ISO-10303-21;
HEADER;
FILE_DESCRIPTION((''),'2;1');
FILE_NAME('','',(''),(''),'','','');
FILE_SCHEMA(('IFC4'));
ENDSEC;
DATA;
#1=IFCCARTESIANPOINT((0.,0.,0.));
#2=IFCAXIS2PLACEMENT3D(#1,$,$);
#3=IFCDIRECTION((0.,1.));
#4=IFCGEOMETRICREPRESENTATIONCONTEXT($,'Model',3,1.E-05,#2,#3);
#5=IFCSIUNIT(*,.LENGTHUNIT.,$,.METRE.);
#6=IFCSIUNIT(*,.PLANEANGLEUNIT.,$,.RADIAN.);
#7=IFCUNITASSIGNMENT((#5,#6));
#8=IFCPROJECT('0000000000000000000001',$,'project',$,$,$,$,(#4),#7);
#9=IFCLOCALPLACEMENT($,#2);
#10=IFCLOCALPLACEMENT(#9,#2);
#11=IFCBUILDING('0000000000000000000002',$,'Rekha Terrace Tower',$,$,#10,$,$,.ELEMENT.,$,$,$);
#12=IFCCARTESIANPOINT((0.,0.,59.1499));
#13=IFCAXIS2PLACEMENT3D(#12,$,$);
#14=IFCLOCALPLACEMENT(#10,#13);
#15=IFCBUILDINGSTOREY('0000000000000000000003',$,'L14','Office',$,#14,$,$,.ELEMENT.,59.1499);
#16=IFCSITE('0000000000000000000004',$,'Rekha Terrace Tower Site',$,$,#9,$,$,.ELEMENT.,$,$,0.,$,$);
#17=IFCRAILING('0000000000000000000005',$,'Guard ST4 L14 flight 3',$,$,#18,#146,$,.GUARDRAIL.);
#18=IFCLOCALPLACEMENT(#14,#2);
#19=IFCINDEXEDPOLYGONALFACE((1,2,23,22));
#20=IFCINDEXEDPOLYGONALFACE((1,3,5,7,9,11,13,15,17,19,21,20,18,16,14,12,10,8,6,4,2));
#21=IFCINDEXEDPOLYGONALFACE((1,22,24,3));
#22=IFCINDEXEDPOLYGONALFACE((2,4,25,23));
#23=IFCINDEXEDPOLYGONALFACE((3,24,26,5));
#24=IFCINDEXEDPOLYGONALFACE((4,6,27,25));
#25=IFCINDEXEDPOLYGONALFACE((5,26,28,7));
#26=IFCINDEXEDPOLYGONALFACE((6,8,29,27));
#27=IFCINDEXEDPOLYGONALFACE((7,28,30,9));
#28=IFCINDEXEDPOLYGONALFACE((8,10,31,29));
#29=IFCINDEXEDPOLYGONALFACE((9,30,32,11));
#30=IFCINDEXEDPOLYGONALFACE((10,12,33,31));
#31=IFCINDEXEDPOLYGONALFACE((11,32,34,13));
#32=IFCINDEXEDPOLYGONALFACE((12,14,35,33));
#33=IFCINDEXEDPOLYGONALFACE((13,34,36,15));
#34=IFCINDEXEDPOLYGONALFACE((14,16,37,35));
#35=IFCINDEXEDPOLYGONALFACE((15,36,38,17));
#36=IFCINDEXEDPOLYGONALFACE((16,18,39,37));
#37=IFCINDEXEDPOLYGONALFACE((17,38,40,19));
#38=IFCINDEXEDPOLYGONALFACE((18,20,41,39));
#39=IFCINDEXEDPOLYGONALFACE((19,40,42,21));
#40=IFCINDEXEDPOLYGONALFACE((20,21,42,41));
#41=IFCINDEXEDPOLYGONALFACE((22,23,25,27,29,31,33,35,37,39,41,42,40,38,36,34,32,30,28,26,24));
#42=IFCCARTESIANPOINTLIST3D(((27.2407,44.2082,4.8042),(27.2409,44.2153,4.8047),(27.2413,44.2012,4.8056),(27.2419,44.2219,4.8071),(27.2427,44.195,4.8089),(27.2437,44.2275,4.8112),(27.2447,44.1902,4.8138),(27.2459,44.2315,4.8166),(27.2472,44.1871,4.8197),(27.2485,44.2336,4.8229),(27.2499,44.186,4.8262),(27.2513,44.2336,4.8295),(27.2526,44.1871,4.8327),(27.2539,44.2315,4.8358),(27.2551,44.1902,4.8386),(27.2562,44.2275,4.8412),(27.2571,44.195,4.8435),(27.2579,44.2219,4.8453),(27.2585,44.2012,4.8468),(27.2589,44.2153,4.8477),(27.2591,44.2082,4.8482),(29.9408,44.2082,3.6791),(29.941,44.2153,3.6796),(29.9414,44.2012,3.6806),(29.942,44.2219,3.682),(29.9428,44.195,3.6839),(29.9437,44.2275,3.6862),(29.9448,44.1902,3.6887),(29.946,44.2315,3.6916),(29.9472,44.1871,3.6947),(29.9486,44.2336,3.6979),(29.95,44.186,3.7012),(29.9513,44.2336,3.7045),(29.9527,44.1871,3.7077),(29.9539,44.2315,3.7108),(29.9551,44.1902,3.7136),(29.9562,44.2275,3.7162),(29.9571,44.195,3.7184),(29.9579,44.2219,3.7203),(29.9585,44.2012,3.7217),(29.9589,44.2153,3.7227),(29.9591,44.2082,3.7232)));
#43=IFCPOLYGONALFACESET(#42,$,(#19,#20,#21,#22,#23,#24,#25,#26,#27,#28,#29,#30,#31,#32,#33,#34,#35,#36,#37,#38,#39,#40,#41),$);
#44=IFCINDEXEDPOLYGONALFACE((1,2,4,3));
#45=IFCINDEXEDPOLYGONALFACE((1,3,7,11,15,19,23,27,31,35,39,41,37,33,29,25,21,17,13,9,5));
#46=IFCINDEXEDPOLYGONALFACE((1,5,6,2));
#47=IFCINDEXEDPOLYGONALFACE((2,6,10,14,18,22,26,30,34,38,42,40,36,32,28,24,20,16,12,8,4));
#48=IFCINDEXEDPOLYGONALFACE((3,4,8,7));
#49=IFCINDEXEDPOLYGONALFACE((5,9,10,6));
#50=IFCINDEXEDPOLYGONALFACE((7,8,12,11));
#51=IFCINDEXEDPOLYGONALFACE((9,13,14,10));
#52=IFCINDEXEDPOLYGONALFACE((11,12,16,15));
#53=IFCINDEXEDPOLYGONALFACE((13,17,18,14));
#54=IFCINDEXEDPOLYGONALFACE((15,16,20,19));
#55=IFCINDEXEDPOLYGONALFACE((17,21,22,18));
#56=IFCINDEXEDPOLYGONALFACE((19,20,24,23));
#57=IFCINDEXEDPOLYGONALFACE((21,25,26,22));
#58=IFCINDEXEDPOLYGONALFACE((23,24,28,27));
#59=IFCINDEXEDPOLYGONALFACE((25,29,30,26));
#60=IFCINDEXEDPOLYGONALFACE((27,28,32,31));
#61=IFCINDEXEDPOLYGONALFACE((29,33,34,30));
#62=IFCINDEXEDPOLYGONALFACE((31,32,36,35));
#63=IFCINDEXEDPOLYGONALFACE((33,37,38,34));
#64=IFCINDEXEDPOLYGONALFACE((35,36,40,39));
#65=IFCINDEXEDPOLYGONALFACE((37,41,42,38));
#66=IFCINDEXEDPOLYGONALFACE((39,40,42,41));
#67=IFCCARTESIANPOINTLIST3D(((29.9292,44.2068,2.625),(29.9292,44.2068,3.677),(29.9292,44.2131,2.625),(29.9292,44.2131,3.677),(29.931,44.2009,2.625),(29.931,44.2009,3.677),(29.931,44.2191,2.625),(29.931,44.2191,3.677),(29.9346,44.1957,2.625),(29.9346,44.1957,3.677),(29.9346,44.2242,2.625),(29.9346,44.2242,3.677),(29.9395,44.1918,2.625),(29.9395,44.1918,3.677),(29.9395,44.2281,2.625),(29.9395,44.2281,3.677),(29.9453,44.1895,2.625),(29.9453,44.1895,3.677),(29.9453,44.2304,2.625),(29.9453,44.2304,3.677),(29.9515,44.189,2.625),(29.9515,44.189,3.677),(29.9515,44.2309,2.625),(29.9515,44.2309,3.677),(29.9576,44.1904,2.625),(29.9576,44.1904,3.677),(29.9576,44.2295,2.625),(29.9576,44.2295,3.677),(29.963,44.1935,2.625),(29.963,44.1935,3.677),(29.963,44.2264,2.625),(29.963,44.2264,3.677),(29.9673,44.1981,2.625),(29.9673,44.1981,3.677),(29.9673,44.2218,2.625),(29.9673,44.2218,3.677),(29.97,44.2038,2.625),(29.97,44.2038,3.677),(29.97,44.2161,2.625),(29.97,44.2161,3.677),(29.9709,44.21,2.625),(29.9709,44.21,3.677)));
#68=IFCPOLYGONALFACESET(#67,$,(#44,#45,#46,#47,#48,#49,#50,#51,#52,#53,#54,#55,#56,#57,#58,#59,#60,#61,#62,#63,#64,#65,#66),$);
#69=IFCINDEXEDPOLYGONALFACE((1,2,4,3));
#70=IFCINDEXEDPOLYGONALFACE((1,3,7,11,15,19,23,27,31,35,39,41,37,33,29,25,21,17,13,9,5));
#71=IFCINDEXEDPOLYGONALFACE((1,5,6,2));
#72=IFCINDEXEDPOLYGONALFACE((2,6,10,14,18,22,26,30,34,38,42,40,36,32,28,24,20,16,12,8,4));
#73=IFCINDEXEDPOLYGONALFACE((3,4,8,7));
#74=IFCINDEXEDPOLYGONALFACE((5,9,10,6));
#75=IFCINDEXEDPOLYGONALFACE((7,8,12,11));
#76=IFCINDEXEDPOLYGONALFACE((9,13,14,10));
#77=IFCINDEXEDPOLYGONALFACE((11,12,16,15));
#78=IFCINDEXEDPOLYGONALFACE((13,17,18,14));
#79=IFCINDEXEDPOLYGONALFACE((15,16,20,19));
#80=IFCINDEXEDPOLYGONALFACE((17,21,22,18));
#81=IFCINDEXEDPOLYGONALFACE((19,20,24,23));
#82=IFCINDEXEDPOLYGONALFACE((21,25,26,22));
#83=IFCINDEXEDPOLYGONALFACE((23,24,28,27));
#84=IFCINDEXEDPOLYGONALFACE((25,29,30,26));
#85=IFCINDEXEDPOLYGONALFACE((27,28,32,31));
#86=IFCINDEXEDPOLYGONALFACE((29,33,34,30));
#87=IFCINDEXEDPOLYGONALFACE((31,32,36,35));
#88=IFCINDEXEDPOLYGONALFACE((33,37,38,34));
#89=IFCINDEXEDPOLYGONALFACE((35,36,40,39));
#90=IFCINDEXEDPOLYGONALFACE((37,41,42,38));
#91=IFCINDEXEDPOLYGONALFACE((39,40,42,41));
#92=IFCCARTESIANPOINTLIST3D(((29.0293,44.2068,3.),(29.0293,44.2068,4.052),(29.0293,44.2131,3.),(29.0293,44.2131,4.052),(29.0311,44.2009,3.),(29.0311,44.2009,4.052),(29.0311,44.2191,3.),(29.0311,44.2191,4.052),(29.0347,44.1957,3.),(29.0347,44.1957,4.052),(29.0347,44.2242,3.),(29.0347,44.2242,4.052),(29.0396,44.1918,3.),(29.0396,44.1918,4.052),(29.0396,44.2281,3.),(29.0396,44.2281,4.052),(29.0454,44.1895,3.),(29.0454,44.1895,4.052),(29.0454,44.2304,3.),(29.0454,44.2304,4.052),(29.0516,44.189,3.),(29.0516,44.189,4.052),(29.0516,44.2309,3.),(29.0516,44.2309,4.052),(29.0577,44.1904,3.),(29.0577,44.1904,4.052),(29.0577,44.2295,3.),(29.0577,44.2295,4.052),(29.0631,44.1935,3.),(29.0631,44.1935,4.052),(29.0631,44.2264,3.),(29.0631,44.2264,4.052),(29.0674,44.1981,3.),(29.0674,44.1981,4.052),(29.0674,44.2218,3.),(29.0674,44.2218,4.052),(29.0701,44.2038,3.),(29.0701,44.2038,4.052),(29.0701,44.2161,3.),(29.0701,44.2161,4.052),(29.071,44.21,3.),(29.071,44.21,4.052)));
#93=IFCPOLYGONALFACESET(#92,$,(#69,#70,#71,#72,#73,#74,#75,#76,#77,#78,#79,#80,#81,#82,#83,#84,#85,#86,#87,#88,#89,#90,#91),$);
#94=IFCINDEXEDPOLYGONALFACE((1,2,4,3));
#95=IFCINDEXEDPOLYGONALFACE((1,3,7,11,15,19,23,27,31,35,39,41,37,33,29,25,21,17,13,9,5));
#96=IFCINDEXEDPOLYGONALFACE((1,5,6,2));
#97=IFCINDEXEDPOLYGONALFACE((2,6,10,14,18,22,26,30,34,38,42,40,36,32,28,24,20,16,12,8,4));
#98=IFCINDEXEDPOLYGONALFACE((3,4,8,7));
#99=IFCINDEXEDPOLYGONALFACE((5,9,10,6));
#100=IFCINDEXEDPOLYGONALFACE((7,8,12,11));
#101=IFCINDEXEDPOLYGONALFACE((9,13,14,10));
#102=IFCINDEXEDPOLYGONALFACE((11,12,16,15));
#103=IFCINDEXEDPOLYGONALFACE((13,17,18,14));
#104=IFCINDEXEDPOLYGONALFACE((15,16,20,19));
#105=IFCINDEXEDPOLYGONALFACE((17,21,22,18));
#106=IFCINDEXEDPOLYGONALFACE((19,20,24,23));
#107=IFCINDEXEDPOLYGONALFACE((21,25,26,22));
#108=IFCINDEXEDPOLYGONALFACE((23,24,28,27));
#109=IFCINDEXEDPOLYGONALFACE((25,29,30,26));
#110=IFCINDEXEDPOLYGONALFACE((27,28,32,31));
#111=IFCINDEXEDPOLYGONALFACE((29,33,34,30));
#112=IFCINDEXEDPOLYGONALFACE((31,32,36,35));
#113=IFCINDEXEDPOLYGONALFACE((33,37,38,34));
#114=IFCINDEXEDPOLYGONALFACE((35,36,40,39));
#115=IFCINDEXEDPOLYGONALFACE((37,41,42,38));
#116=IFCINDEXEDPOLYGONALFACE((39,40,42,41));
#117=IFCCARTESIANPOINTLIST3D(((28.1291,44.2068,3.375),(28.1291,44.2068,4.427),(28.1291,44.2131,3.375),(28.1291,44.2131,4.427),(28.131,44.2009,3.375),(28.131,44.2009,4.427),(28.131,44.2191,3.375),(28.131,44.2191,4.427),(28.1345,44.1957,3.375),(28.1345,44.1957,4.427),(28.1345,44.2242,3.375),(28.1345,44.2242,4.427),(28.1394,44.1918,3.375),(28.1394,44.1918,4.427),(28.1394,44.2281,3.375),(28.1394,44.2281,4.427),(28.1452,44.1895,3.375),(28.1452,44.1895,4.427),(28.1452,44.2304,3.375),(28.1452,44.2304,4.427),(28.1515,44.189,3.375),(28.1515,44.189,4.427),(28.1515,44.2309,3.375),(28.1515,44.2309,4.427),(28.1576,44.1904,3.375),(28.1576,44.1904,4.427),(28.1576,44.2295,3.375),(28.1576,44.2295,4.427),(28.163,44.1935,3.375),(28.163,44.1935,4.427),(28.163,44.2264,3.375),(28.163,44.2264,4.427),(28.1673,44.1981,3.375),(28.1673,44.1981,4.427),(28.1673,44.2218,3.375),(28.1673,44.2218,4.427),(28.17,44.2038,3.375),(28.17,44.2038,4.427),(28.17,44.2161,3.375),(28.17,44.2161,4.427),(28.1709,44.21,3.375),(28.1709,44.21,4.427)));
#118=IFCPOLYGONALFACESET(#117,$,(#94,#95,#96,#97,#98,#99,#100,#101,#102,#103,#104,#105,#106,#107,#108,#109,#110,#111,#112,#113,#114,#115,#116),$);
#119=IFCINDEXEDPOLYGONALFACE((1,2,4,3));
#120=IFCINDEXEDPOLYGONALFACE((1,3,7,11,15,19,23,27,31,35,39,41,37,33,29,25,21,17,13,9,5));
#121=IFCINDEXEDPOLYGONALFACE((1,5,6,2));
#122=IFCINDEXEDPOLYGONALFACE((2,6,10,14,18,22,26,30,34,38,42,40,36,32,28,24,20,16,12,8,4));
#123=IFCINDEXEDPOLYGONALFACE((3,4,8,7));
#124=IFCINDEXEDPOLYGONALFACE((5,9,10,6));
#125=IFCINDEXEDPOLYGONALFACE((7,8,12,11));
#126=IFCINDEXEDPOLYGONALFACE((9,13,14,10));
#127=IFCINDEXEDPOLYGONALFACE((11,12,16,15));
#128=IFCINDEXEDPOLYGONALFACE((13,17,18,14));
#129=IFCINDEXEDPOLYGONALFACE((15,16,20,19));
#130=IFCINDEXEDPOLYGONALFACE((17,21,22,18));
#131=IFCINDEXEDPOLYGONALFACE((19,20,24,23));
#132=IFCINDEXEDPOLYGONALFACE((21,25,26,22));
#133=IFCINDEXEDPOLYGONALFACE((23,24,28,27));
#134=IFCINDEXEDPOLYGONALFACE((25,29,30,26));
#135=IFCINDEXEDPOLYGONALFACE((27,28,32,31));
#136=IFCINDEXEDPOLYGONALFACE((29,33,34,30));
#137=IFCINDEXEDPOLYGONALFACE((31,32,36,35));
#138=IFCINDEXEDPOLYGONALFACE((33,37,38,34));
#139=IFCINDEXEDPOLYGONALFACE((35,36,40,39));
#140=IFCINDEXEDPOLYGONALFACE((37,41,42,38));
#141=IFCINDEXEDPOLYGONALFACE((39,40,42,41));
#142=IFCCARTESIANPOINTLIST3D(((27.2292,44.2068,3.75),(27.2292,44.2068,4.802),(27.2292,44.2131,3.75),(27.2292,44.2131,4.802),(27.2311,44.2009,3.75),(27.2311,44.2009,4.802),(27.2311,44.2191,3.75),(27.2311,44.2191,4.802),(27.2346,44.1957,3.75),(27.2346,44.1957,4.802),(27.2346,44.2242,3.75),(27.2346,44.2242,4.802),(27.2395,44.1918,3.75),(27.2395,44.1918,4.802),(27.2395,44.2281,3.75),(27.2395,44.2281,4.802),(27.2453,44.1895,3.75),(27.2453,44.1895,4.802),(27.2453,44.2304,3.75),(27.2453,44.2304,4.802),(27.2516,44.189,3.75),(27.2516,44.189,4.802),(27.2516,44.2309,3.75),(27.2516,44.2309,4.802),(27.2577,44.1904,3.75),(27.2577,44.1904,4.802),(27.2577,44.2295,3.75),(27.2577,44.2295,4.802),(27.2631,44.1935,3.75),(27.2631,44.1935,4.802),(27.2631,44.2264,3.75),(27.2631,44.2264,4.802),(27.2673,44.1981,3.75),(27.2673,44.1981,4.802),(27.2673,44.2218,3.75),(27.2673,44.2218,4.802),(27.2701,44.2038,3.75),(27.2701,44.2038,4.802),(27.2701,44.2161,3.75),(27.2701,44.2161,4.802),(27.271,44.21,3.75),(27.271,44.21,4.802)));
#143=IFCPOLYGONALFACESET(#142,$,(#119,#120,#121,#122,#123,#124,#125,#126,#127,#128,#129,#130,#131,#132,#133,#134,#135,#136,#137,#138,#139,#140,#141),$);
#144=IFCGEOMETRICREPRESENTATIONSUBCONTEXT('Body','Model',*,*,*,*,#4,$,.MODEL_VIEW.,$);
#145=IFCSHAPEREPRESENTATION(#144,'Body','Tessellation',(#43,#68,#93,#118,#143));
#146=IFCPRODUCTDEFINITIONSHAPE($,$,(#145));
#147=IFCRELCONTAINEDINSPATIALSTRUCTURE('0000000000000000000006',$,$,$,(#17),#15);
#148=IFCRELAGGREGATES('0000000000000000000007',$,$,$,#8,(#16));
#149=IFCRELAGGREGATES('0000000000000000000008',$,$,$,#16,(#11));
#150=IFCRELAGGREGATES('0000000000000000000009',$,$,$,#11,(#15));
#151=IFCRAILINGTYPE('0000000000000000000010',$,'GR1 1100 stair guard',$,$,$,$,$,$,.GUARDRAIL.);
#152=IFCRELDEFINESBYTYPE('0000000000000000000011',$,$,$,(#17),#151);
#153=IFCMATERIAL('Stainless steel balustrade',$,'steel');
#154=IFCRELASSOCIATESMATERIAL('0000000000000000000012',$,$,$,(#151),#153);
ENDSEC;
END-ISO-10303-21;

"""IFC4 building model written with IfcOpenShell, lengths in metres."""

from ifc_helpers import new_model, si_unit, direction, frame, origin, origin_2d, place, context, subcontext, project, spatial, circle, extrude, material, type_object, element, save


model = new_model("IFC4")

# Units and contexts
model_context = context("Model", 3, precision=1e-05, world=origin(), true_north=direction((0.0, 1.0)))
body_context = subcontext(model_context, "Body", "Model", "MODEL_VIEW")
ifc_project = project(units=[si_unit("LENGTHUNIT", "METRE"), si_unit("PLANEANGLEUNIT", "RADIAN")], contexts=[model_context])

# Site, building, storey
site_placement = place(None, origin())
site = spatial("IfcSite", under=ifc_project, at=site_placement, Name="Rekha Terrace Tower Site", CompositionType="ELEMENT", RefElevation=0.0)
building_placement = place(site_placement, origin())
building = spatial("IfcBuilding", under=site, at=building_placement, Name="Rekha Terrace Tower", CompositionType="ELEMENT")
storey_placement = place(building_placement, frame((0.0, 0.0, 59.1499)))
storey = spatial("IfcBuildingStorey", under=building, at=storey_placement, Name="L14", Description="Office", CompositionType="ELEMENT", Elevation=59.1499)

# Railing
ifc_material_1 = material(Name="Stainless steel balustrade", Category="steel")
railing_type_1 = type_object("IfcRailingType", Name="GR1 1100 stair guard", PredefinedType="GUARDRAIL", material=ifc_material_1)
railing_1_placement = place(storey_placement, frame((29.95, 44.21, 2.625)))
element("IfcRailing", 1, at=railing_1_placement, inside=storey, type_object=railing_type_1, Name="Guard ST4 L14 flight 3", PredefinedType="GUARDRAIL", context=body_context, shape_type="SweptSolid", body=[
    extrude(circle(Radius=0.0239, at=origin_2d()), frame((0.0, 0.0, 1.0762), z_axis=(-0.923074, 0.0, 0.384621), x_axis=(0.0, -1.0, 0.0)), (0.0, 0.0, 1.0), 2.925),
    extrude(circle(Radius=0.021, at=origin_2d()), origin(), (0.0, 0.0, 1.0), 1.052),
    extrude(circle(Radius=0.021, at=origin_2d()), frame((-0.8999, 0.0, 0.375)), (0.0, 0.0, 1.0), 1.052),
    extrude(circle(Radius=0.021, at=origin_2d()), frame((-1.8, 0.0, 0.75)), (0.0, 0.0, 1.0), 1.052),
    extrude(circle(Radius=0.021, at=origin_2d()), frame((-2.7, 0.0, 1.125)), (0.0, 0.0, 1.0), 1.052),
])

save(model, "model.ifc")
